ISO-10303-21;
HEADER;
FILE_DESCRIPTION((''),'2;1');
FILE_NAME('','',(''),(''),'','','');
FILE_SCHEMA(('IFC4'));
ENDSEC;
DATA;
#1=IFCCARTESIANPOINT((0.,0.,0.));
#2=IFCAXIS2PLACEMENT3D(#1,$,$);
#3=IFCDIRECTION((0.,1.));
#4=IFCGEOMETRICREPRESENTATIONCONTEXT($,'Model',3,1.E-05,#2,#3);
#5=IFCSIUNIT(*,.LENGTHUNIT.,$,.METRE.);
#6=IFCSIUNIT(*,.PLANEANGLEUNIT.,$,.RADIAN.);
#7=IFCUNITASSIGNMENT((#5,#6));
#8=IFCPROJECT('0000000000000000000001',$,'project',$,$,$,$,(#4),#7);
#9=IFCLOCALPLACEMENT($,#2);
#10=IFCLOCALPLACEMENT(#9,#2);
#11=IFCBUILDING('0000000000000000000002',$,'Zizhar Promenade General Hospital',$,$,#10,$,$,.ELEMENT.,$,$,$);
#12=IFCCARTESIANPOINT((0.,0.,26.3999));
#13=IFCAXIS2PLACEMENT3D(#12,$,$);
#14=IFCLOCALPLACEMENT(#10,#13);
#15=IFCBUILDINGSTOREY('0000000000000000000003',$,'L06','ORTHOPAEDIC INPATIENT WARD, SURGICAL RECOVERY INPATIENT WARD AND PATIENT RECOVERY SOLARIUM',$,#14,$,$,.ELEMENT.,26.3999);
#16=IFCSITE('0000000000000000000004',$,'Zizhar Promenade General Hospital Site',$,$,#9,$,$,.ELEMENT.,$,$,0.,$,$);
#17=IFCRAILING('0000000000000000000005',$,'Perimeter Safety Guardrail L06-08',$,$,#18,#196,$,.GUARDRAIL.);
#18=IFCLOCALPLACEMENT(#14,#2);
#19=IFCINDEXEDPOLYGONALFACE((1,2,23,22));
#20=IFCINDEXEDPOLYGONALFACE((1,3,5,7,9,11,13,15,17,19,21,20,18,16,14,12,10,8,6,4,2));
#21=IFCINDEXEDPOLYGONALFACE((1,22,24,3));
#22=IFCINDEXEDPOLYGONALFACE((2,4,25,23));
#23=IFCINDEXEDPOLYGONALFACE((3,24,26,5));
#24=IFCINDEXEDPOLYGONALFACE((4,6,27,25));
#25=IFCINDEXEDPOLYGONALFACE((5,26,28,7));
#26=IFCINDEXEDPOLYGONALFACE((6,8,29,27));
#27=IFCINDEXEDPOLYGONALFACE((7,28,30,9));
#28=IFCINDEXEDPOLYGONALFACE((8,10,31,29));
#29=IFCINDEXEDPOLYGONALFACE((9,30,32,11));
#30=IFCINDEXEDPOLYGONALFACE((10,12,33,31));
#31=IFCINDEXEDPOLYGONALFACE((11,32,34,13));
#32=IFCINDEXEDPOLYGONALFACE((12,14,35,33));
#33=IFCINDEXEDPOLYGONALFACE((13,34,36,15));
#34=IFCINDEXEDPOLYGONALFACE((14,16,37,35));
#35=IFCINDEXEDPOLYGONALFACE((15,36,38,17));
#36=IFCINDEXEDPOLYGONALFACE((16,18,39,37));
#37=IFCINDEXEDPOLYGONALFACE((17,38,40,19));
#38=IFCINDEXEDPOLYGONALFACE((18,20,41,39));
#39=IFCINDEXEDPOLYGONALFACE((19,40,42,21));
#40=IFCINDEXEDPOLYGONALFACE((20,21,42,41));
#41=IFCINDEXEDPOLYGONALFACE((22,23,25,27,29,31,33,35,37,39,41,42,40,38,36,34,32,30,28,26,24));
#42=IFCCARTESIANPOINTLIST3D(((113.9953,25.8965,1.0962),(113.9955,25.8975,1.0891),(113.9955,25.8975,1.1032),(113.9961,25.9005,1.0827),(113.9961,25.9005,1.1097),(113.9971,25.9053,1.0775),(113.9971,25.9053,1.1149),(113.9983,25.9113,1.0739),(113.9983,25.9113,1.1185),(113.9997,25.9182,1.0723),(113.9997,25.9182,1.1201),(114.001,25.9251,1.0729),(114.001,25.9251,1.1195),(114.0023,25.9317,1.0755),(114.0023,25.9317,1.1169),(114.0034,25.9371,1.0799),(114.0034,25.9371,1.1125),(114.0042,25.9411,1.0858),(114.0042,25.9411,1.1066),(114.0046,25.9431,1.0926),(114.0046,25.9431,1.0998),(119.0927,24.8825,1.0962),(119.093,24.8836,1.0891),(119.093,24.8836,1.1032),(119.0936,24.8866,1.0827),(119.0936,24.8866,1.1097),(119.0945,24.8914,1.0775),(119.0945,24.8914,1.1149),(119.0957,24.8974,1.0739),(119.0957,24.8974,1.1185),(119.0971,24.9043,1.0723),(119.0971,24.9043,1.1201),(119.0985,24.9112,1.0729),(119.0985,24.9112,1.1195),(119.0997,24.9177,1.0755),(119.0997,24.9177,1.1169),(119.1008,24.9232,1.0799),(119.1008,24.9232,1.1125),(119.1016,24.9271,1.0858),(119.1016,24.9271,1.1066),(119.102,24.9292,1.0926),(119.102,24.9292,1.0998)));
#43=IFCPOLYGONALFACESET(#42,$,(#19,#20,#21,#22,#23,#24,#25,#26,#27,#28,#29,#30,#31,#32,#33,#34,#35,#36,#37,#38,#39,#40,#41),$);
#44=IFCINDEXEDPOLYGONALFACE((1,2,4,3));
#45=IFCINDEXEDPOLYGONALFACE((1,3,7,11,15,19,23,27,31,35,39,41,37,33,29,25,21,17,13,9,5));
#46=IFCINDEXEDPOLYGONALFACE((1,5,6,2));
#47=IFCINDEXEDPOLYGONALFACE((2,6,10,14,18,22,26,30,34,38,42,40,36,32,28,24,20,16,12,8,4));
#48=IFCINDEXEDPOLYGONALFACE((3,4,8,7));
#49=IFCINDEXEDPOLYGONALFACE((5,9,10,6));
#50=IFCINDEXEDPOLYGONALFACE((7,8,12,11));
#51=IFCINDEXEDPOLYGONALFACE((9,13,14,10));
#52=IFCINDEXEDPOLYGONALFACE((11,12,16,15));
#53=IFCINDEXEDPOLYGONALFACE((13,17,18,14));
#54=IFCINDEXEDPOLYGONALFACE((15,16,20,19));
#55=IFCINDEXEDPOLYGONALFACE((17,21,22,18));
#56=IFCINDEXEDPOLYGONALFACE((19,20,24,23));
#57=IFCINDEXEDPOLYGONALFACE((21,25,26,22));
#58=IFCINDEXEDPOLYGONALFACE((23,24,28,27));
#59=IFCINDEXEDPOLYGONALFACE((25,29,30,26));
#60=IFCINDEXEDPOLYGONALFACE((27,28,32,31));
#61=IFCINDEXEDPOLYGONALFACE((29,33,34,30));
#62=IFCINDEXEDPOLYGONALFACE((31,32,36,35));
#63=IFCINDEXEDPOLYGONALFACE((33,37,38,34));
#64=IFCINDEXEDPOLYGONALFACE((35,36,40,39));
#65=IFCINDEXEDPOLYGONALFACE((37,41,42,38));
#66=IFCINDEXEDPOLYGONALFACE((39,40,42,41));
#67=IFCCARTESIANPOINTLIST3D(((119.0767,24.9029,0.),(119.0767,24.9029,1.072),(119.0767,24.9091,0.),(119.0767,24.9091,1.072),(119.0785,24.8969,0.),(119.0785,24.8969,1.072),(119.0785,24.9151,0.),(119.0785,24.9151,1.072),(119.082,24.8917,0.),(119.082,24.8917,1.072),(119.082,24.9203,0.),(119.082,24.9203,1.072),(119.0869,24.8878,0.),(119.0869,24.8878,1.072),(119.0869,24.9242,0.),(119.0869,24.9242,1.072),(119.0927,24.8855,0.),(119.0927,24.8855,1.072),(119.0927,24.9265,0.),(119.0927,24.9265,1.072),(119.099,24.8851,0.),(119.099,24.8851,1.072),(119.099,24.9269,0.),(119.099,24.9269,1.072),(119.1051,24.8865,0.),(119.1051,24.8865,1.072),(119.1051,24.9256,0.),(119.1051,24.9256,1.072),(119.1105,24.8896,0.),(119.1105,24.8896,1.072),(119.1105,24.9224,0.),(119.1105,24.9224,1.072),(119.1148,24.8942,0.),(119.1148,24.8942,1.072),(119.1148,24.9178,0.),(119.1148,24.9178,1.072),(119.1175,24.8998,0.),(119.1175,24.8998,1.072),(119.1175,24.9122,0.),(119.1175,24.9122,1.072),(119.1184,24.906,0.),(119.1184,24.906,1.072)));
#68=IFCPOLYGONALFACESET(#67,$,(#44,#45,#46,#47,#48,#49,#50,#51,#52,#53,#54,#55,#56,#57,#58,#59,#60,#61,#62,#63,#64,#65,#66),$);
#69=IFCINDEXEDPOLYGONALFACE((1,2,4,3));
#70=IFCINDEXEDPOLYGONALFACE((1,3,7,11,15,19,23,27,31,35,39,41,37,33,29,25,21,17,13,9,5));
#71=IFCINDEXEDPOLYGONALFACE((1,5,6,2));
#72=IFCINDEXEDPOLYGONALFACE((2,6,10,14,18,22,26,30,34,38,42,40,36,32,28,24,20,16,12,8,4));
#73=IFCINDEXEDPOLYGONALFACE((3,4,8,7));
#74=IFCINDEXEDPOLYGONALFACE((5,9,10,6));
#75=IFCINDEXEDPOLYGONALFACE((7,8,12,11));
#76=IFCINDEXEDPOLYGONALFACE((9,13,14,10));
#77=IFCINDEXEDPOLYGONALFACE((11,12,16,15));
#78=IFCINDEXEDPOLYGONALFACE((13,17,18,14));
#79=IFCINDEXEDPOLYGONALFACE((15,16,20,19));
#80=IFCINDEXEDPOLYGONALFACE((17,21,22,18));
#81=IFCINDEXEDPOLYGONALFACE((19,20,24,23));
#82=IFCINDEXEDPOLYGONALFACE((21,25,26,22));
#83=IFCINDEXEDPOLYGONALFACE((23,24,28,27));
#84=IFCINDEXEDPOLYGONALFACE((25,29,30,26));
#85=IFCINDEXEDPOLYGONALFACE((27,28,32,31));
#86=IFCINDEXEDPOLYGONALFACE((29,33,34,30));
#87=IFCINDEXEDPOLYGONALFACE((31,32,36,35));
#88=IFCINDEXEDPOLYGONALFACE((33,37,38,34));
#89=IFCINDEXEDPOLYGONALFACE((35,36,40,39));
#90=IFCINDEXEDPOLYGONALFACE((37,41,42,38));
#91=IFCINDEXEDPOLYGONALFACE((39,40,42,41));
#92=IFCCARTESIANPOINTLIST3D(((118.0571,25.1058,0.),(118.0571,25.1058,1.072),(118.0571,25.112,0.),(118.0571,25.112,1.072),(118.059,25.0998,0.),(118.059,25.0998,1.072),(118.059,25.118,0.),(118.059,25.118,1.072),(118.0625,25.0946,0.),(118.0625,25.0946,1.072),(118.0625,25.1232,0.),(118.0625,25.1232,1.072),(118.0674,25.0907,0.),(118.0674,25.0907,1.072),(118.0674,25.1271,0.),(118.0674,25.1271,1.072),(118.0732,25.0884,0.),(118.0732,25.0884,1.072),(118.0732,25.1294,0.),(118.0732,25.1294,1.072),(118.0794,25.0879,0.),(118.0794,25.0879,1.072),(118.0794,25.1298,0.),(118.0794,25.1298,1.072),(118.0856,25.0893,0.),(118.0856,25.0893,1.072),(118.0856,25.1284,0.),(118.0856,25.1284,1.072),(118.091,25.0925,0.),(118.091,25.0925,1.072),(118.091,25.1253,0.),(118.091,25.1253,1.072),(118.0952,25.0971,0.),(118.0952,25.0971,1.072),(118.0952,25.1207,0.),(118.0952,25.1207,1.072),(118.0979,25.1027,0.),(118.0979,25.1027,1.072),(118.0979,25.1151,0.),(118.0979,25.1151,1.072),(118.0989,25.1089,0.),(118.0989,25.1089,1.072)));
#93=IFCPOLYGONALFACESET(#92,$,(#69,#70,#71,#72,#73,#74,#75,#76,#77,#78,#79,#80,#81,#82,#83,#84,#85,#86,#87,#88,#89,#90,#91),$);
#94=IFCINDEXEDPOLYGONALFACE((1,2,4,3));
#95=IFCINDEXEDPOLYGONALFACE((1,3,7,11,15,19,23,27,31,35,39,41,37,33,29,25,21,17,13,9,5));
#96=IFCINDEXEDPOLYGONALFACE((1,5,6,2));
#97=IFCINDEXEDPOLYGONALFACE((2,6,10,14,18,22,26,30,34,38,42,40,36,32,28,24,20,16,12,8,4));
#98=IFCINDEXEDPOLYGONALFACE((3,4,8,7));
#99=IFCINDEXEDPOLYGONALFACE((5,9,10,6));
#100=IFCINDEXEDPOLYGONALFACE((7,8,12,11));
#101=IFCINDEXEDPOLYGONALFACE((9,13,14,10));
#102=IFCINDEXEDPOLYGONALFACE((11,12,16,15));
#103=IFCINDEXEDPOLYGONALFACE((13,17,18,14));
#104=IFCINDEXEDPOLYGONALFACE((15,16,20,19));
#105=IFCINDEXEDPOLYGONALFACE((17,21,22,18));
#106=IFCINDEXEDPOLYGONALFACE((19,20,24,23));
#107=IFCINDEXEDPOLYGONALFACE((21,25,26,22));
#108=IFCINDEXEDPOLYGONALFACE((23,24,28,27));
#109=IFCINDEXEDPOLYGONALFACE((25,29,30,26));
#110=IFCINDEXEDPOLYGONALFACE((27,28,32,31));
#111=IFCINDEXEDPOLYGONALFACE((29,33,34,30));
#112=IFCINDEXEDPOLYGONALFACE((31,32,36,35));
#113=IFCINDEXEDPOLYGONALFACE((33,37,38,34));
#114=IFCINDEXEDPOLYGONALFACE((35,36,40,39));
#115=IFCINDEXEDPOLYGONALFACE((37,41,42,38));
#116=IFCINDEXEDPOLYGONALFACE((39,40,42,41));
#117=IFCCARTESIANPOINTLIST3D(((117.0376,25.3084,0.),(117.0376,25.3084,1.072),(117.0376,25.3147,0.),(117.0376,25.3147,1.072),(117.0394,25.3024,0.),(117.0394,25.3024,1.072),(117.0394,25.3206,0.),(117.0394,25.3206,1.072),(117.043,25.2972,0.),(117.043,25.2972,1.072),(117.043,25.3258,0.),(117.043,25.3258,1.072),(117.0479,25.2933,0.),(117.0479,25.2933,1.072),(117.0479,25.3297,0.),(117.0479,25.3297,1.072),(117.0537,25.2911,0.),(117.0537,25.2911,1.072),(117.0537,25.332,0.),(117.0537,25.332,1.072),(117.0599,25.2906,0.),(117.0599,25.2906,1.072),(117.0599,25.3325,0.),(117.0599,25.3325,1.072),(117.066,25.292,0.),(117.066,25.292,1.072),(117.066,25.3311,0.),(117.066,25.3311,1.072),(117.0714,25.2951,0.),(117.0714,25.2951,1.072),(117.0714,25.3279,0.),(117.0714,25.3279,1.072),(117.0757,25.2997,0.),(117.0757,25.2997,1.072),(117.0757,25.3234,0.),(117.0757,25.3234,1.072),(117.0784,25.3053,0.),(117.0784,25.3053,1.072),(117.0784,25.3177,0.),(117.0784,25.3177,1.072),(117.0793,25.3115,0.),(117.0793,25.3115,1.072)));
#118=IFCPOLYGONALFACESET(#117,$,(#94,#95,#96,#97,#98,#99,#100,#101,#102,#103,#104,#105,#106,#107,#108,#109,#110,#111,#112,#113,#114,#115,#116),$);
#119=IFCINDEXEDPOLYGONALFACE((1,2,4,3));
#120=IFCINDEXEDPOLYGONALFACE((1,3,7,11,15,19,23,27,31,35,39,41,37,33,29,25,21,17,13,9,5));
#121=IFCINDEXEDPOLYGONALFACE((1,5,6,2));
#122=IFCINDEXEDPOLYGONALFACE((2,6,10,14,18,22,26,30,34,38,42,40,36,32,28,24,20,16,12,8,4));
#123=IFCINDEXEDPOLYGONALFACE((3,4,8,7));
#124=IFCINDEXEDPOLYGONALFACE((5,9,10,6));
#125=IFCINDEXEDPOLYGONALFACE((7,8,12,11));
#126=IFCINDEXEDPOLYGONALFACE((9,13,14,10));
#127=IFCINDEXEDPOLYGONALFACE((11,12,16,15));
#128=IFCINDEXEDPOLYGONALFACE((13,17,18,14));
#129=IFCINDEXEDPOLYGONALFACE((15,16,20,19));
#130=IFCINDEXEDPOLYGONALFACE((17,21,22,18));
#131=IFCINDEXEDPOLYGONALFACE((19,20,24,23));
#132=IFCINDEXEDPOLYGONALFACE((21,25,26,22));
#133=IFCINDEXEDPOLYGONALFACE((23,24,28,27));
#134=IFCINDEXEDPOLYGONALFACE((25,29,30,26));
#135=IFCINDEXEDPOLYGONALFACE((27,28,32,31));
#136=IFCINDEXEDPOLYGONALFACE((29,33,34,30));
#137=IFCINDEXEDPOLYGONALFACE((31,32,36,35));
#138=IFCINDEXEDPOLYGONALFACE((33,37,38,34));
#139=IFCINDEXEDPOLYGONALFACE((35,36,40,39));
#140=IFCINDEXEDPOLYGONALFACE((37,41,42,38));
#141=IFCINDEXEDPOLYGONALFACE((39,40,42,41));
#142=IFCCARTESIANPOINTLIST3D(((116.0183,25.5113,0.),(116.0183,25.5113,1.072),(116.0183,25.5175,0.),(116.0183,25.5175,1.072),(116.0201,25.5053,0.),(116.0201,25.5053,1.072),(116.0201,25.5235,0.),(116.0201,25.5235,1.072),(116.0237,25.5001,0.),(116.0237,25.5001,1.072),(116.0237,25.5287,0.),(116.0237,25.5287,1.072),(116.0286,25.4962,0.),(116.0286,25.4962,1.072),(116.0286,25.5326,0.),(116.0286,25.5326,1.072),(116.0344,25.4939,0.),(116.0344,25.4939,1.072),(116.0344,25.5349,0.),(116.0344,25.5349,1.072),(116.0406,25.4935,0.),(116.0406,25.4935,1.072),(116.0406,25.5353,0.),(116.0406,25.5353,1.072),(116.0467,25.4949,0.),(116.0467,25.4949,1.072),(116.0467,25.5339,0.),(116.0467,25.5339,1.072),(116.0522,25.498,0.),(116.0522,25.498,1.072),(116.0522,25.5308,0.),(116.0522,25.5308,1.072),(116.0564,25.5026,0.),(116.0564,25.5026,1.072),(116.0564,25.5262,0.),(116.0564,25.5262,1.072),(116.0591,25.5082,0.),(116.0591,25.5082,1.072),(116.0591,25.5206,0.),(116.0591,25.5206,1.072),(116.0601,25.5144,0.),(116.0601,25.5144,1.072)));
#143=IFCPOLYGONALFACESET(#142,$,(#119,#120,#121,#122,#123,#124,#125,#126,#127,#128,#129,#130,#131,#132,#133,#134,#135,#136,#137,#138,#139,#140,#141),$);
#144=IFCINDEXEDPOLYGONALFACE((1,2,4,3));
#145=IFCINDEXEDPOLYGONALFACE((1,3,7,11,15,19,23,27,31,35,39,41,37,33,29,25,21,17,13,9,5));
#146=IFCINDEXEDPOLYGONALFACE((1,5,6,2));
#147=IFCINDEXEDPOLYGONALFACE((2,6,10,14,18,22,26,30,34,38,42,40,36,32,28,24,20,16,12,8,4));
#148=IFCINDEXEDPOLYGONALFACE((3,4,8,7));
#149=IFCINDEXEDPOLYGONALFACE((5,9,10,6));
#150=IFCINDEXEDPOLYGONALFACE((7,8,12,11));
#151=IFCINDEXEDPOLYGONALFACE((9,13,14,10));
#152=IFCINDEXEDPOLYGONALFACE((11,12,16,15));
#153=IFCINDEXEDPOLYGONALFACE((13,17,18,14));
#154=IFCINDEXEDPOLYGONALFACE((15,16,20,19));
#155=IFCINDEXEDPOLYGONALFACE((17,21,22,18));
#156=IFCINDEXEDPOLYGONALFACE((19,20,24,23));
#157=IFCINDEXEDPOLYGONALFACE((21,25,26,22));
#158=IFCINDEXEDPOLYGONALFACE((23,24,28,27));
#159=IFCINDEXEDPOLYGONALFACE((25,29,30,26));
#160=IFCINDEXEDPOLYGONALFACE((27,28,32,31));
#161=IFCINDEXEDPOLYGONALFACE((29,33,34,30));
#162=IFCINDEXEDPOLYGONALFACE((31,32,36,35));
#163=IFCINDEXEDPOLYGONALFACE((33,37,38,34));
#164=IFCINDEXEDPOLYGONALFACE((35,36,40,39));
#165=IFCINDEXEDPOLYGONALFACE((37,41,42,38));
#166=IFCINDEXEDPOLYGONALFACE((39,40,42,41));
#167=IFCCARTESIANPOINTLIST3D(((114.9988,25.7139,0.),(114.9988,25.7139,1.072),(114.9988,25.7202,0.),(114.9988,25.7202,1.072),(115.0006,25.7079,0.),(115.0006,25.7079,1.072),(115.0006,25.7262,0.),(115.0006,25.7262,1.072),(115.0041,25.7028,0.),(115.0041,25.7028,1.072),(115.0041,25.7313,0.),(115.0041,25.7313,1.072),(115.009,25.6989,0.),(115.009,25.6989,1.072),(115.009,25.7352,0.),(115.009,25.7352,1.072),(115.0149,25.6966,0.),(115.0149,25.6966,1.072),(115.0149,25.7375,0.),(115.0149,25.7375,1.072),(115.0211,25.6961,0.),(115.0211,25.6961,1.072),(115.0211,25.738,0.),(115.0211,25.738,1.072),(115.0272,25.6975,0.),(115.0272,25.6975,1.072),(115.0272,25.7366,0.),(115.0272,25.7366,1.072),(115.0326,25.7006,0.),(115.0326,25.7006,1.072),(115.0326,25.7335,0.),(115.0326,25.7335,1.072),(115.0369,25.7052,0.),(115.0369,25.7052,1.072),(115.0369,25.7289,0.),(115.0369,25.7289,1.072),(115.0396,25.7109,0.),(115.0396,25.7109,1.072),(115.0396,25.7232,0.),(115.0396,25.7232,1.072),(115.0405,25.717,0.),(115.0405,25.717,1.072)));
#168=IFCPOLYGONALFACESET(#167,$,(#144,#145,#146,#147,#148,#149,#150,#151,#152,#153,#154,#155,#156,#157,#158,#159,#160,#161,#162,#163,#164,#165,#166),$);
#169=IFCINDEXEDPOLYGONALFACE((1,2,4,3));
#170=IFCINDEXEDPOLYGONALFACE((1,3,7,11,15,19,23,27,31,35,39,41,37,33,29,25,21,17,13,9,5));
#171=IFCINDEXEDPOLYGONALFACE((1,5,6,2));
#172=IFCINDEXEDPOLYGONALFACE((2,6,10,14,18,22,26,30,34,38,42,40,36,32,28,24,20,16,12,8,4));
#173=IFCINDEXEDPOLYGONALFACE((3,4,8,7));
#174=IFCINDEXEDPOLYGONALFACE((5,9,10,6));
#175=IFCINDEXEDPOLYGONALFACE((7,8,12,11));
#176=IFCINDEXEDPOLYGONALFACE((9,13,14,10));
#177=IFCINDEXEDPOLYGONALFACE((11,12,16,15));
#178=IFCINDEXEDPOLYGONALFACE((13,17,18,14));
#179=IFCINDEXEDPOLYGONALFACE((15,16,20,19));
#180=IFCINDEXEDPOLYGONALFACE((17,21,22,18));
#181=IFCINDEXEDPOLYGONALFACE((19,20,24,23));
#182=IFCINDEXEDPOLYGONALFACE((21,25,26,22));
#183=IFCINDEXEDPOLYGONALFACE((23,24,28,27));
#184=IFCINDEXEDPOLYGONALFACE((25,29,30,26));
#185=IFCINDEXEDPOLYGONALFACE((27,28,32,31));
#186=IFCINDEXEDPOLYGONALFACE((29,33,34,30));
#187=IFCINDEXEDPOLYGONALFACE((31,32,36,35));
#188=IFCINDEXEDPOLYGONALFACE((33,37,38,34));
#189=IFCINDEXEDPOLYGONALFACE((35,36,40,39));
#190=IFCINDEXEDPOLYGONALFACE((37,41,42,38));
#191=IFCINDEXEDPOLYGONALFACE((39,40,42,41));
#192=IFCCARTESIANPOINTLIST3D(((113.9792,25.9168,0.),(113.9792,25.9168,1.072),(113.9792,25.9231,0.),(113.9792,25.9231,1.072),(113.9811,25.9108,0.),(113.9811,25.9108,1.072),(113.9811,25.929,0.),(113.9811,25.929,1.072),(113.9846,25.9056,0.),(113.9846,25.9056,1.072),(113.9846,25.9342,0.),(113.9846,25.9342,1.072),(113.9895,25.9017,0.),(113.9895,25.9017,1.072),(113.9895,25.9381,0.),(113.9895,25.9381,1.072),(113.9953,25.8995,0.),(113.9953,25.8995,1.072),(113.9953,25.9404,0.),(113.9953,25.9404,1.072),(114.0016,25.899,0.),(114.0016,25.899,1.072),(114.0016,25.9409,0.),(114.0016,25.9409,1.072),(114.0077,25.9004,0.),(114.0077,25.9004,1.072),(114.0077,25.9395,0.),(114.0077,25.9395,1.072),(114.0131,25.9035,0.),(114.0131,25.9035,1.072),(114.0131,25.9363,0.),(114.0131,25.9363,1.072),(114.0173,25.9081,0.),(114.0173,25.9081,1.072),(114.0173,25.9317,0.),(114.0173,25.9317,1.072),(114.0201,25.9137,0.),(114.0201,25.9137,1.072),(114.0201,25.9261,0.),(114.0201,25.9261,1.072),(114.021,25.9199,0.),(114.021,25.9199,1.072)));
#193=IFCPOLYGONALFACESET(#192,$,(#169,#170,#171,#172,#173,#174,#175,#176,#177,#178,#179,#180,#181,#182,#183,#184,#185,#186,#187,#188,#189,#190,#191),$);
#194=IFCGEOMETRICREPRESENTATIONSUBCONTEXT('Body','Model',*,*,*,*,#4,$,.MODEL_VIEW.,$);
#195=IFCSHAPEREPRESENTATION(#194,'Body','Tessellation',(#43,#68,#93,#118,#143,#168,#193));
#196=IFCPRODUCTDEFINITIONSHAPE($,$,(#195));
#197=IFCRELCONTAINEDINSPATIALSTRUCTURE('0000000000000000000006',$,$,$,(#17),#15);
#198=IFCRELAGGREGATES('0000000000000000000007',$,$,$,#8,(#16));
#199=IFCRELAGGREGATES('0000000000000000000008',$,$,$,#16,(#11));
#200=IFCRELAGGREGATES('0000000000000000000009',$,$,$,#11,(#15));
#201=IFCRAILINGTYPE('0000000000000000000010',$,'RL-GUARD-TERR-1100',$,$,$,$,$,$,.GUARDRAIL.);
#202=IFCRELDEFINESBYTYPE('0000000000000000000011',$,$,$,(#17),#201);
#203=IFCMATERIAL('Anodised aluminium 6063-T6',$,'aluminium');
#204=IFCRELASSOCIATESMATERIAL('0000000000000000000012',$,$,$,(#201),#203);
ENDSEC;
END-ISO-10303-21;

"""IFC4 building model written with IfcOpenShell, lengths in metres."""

from ifc_helpers import new_model, si_unit, direction, frame, origin, origin_2d, place, context, subcontext, project, spatial, circle, hollow_circle, extrude, material, material_profile, profile_set, type_object, element, save


model = new_model("IFC4")

# Units and contexts
model_context = context("Model", 3, precision=1e-05, world=origin(), true_north=direction((0.0, 1.0)))
body_context = subcontext(model_context, "Body", "Model", "MODEL_VIEW")
ifc_project = project(units=[si_unit("LENGTHUNIT", "METRE"), si_unit("PLANEANGLEUNIT", "RADIAN")], contexts=[model_context])

# Site, building, storey
site_placement = place(None, origin())
site = spatial("IfcSite", under=ifc_project, at=site_placement, Name="Zizhar Promenade General Hospital Site", CompositionType="ELEMENT", RefElevation=0.0)
building_placement = place(site_placement, origin())
building = spatial("IfcBuilding", under=site, at=building_placement, Name="Zizhar Promenade General Hospital", CompositionType="ELEMENT")
storey_placement = place(building_placement, frame((0.0, 0.0, 26.3999)))
storey = spatial("IfcBuildingStorey", under=building, at=storey_placement, Name="L06", Description="ORTHOPAEDIC INPATIENT WARD, SURGICAL RECOVERY INPATIENT WARD AND PATIENT RECOVERY SOLARIUM", CompositionType="ELEMENT", Elevation=26.3999)

# Railing
ifc_material_1 = material(Name="Anodised aluminium 6063-T6", Category="aluminium")
ifc_material_profile_1 = material_profile(ifc_material_1, hollow_circle(Radius=0.0698, WallThickness=0.0063, at=origin_2d()))
ifc_profile_set_1 = profile_set([ifc_material_profile_1], Name="Anodised aluminium 6063-T6")
railing_type = type_object("IfcRailingType", Name="RL-GUARD-TERR-1100", PredefinedType="GUARDRAIL", material=ifc_profile_set_1)
railing_1_placement = place(storey_placement, frame((119.0974, 24.906, 0.0)))
element("IfcRailing", 1, at=railing_1_placement, inside=storey, type_object=railing_type, Name="Perimeter Safety Guardrail L06-08", PredefinedType="GUARDRAIL", context=body_context, shape_type="SweptSolid", body=[
    extrude(circle(Radius=0.0239, at=origin_2d()), frame((0.0, 0.0, 1.0962), z_axis=(-0.980786, 0.195086, 0.0), x_axis=(-0.195086, -0.980786, 0.0)), (0.0, 0.0, 1.0), 5.1973),
    extrude(circle(Radius=0.021, at=origin_2d()), origin(), (0.0, 0.0, 1.0), 1.072),
    extrude(circle(Radius=0.021, at=origin_2d()), frame((-1.0195, 0.2029, 0.0)), (0.0, 0.0, 1.0), 1.072),
    extrude(circle(Radius=0.021, at=origin_2d()), frame((-2.0391, 0.4055, 0.0)), (0.0, 0.0, 1.0), 1.072),
    extrude(circle(Radius=0.021, at=origin_2d()), frame((-3.0583, 0.6084, 0.0)), (0.0, 0.0, 1.0), 1.072),
    extrude(circle(Radius=0.021, at=origin_2d()), frame((-4.0779, 0.811, 0.0)), (0.0, 0.0, 1.0), 1.072),
    extrude(circle(Radius=0.021, at=origin_2d()), frame((-5.0974, 1.0139, 0.0)), (0.0, 0.0, 1.0), 1.072),
])

save(model, "model.ifc")
